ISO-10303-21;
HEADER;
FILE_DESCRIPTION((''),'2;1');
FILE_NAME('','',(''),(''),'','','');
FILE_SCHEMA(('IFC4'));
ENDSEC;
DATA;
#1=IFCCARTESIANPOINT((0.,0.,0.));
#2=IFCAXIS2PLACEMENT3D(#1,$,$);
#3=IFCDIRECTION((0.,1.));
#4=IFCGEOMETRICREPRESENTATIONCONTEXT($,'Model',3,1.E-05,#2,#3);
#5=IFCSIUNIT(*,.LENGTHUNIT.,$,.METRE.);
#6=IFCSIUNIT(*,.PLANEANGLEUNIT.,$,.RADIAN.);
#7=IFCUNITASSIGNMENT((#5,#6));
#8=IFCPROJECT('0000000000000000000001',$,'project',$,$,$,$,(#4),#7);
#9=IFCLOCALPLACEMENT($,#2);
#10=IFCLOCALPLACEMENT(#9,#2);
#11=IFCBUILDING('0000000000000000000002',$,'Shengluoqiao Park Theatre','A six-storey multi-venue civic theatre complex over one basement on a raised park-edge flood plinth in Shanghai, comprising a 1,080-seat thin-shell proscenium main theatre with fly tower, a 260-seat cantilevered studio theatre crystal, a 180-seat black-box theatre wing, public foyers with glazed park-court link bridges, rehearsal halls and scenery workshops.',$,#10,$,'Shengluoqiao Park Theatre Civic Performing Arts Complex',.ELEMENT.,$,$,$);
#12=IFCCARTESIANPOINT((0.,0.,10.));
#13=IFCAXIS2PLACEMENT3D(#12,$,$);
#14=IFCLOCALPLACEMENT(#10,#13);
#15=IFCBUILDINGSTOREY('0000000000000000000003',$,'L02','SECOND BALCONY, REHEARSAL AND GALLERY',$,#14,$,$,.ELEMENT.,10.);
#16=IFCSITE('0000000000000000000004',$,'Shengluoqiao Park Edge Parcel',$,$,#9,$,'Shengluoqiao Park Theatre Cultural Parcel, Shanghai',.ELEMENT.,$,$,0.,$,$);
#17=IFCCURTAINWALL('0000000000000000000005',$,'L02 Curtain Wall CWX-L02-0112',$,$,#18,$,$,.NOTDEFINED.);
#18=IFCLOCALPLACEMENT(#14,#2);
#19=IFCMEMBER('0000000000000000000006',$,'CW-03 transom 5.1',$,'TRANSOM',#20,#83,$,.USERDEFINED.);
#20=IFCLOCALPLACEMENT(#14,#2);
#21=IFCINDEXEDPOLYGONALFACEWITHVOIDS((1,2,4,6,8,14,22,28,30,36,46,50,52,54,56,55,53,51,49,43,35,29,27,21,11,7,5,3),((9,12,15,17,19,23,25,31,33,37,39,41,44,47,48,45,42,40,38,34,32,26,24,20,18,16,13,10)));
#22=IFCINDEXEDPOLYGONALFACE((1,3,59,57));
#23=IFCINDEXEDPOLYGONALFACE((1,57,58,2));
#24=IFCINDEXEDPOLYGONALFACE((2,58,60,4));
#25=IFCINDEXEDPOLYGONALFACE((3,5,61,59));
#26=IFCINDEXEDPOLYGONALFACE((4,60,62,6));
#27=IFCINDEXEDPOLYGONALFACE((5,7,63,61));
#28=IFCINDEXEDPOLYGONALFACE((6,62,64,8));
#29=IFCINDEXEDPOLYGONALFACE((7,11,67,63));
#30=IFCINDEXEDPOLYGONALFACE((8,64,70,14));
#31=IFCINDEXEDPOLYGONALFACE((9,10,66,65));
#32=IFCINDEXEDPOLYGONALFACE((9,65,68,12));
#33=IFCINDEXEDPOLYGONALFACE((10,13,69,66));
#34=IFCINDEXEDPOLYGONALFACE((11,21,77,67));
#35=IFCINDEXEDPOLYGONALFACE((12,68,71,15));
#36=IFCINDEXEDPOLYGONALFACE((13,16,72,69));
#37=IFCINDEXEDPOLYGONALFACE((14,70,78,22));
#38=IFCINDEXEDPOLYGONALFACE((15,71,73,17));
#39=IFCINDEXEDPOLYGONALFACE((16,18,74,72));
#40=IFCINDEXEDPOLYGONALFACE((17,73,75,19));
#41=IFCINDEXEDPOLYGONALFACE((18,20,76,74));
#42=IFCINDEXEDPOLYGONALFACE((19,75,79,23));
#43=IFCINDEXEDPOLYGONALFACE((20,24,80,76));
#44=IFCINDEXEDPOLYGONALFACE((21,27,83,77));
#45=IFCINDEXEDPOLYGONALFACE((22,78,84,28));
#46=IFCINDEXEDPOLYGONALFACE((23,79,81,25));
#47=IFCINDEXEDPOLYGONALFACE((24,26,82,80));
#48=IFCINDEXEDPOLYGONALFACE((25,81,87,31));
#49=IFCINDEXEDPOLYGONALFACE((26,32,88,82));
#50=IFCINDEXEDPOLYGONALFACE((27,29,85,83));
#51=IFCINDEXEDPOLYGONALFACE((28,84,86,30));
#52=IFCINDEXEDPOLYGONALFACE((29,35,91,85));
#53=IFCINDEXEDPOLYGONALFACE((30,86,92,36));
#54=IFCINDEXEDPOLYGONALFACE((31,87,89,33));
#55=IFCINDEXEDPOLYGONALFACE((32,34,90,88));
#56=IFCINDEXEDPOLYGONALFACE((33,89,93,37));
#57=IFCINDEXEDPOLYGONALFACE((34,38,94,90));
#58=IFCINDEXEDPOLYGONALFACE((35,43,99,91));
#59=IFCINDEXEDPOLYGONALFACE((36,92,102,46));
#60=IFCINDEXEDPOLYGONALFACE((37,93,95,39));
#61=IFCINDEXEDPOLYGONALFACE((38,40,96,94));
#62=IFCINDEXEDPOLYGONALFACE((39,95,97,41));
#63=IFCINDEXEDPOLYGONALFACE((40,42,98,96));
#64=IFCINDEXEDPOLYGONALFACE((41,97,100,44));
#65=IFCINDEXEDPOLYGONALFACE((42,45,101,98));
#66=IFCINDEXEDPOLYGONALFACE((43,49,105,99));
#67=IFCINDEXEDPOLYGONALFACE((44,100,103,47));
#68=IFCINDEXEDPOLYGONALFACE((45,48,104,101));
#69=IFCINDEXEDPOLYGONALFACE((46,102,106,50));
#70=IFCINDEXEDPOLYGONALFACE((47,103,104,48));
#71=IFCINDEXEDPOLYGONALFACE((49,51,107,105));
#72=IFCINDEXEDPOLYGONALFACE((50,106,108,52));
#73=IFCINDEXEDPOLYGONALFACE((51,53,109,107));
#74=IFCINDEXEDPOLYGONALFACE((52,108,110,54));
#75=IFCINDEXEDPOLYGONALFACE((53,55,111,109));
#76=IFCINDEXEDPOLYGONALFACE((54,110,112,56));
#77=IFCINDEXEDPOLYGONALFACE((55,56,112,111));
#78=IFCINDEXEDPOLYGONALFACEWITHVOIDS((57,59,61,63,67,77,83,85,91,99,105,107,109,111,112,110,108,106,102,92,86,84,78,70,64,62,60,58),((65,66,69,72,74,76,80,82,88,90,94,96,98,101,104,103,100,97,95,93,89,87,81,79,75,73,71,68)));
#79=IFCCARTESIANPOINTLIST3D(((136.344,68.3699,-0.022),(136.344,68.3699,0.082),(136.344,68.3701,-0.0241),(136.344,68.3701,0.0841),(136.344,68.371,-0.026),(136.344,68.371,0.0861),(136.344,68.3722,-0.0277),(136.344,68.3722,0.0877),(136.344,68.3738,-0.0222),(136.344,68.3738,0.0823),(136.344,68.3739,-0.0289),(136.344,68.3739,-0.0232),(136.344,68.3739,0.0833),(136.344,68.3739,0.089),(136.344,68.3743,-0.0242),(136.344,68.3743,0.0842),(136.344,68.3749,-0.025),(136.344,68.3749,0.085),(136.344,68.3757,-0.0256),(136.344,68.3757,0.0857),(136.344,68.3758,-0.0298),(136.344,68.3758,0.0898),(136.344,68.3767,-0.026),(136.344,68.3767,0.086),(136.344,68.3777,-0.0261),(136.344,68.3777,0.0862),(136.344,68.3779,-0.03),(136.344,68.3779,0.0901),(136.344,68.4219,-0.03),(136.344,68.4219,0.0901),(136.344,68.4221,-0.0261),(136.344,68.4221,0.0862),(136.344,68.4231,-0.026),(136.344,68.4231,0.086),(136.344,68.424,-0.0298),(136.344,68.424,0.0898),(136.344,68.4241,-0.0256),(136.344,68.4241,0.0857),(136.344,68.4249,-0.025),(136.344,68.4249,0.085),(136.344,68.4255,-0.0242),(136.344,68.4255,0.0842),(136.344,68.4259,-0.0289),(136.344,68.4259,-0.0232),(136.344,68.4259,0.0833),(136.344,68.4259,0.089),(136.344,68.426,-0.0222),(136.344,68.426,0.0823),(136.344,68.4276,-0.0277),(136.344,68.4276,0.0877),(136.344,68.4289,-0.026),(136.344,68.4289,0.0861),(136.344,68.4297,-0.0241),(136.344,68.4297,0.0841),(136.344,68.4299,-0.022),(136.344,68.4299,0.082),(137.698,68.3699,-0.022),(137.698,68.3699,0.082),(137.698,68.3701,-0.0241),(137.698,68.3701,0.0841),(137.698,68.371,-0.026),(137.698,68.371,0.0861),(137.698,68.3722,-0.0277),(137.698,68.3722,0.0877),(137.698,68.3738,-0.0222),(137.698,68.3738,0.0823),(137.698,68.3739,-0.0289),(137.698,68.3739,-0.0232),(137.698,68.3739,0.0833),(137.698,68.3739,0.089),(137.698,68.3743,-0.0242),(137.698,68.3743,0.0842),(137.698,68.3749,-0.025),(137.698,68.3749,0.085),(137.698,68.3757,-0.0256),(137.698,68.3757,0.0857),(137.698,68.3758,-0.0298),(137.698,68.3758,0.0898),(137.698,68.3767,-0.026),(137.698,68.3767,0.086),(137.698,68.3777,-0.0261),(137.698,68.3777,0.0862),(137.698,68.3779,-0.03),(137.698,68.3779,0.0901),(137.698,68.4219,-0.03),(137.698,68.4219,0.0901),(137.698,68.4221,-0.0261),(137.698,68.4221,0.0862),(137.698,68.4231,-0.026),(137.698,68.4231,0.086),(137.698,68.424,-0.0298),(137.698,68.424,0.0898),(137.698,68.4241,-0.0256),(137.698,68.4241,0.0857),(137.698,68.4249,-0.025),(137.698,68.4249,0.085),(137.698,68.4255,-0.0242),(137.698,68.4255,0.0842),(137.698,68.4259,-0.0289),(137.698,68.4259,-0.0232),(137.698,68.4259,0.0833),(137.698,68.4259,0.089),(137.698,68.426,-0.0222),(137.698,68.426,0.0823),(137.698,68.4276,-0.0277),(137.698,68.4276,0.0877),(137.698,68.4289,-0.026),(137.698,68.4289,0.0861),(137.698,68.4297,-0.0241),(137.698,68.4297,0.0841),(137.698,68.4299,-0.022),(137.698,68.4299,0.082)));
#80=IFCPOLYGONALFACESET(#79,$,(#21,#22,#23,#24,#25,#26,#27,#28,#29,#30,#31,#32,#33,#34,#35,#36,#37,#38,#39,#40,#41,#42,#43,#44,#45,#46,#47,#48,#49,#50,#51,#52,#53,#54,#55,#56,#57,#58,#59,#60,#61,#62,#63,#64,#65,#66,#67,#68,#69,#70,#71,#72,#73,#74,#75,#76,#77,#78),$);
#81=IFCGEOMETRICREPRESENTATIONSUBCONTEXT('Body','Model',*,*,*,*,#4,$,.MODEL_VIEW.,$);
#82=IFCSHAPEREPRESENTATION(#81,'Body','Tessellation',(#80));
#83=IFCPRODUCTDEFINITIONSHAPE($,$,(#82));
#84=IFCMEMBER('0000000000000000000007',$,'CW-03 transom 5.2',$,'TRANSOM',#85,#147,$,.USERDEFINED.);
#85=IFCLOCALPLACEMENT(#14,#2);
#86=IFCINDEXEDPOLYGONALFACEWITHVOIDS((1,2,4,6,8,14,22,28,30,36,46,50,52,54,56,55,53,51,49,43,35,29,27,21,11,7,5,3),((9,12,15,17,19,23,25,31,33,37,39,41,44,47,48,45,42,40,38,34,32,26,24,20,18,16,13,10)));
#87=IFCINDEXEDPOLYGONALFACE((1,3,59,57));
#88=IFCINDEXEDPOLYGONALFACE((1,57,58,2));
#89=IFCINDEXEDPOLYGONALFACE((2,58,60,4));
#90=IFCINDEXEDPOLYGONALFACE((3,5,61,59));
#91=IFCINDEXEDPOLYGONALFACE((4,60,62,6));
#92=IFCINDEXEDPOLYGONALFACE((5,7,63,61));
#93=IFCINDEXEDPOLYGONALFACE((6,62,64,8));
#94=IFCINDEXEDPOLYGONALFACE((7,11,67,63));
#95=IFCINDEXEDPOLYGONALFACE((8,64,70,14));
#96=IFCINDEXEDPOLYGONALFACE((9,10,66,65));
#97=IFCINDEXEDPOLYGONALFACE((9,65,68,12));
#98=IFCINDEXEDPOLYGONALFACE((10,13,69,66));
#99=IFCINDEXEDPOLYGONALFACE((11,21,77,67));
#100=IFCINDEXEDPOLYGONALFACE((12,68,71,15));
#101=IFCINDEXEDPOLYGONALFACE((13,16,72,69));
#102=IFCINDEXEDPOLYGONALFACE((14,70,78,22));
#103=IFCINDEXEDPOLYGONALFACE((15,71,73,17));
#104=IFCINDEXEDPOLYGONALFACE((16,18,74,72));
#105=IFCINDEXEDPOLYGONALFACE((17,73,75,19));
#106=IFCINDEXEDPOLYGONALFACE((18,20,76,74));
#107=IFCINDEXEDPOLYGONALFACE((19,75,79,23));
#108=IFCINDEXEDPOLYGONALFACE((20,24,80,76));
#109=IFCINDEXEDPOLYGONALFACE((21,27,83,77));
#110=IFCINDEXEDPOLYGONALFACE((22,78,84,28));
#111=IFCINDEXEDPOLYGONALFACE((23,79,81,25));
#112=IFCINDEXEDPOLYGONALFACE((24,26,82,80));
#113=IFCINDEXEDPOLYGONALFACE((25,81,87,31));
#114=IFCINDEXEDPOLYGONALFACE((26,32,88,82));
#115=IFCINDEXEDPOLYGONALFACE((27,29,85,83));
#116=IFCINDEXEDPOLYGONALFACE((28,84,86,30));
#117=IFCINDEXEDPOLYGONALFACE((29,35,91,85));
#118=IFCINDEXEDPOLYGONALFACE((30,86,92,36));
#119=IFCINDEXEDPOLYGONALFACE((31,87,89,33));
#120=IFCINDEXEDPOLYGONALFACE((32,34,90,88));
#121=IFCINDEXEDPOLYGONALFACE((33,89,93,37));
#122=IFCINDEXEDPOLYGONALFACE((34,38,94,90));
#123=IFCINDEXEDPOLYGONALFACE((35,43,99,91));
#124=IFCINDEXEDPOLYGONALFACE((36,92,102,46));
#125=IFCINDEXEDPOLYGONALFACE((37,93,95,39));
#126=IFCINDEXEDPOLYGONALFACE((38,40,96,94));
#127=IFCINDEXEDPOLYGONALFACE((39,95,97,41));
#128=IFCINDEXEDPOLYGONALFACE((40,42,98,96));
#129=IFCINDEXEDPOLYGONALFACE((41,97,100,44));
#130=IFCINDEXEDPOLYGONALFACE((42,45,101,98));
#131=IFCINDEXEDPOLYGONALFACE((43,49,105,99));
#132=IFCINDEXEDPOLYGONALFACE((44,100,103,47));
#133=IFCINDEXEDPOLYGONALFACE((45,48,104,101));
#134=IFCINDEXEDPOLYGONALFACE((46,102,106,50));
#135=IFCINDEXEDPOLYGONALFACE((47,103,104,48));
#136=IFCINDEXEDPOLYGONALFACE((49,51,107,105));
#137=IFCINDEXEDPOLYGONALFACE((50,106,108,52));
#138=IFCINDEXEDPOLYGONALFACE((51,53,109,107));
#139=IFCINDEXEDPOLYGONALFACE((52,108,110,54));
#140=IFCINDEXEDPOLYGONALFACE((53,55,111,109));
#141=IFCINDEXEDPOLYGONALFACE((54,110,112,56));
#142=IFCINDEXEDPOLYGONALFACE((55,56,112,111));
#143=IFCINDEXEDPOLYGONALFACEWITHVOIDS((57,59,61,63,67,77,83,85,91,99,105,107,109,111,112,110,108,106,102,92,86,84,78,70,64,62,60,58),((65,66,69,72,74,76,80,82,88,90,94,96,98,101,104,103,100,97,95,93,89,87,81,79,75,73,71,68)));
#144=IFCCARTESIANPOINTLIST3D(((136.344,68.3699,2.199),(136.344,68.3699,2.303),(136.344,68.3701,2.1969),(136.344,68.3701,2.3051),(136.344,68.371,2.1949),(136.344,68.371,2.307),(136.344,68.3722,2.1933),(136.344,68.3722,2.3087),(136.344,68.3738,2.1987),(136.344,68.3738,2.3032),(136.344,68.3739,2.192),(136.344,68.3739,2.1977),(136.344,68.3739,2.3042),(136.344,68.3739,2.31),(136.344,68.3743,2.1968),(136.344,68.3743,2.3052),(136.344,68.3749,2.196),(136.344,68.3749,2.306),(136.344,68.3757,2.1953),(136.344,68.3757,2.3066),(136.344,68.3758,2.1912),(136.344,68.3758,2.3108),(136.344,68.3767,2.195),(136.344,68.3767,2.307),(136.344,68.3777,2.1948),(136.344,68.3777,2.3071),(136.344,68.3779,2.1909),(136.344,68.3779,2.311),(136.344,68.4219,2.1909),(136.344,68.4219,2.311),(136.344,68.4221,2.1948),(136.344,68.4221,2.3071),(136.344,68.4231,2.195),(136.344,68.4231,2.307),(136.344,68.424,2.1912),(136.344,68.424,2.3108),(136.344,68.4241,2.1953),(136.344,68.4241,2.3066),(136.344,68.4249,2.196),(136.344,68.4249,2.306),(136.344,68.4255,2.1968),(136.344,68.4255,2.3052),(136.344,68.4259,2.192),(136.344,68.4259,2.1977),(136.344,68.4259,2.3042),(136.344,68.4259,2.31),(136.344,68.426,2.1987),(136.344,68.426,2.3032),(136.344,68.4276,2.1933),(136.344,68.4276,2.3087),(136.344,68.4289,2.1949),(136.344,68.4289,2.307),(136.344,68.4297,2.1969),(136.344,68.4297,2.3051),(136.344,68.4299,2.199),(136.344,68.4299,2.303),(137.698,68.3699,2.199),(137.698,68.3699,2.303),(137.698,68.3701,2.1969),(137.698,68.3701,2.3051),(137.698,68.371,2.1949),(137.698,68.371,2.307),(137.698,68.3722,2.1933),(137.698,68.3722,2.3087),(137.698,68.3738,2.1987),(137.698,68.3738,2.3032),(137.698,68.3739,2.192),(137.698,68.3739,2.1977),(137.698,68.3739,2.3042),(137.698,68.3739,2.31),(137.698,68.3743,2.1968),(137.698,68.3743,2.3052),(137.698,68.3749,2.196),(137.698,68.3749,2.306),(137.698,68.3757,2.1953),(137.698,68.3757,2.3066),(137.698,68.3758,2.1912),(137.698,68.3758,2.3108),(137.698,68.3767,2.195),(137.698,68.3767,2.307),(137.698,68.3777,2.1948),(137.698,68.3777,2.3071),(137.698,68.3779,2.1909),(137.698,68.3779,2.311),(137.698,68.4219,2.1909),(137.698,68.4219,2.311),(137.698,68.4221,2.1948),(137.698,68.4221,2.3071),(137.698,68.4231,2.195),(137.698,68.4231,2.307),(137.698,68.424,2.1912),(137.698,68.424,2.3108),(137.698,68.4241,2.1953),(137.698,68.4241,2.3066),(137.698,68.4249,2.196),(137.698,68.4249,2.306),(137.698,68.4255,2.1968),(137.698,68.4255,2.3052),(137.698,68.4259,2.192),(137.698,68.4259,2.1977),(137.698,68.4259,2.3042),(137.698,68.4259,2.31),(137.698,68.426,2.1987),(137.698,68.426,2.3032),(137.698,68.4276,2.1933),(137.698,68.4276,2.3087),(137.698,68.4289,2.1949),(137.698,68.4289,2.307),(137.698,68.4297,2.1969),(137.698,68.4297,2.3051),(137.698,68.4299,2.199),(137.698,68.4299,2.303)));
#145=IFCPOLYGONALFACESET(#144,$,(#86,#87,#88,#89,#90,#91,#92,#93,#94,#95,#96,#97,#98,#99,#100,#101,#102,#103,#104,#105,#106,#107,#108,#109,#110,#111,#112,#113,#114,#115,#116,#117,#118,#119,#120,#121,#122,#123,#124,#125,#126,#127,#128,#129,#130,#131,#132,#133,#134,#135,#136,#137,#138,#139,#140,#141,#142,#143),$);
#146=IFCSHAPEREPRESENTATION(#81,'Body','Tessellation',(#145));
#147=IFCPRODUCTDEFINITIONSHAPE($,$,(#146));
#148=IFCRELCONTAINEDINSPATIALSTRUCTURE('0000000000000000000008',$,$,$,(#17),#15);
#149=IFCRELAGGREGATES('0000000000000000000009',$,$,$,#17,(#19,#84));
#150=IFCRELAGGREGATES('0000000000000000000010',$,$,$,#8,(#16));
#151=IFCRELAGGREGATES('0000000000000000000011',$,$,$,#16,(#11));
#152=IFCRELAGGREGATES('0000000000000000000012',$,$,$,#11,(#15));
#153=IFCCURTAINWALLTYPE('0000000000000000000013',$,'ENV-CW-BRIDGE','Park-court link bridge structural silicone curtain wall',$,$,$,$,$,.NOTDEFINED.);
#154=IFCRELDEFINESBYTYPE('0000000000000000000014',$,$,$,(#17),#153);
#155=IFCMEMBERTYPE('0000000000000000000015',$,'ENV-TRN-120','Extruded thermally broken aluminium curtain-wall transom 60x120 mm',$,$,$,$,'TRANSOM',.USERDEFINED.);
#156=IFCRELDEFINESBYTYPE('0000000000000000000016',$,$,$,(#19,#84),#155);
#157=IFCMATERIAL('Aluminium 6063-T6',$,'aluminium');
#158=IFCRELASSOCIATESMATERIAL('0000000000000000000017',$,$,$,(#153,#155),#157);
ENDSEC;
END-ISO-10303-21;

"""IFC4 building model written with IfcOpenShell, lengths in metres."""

from ifc_helpers import new_model, si_unit, direction, frame, origin, origin_2d, place, context, subcontext, project, spatial, hollow_rectangle, extrude, material, material_profile, profile_set, type_object, element, aggregate, save


model = new_model("IFC4")

# Units and contexts
model_context = context("Model", 3, precision=1e-05, world=origin(), true_north=direction((0.0, 1.0)))
body_context = subcontext(model_context, "Body", "Model", "MODEL_VIEW")
ifc_project = project(units=[si_unit("LENGTHUNIT", "METRE"), si_unit("PLANEANGLEUNIT", "RADIAN")], contexts=[model_context])

# Site, building, storey
site_placement = place(None, origin())
site = spatial("IfcSite", under=ifc_project, at=site_placement, Name="Shengluoqiao Park Edge Parcel", LongName="Shengluoqiao Park Theatre Cultural Parcel, Shanghai", CompositionType="ELEMENT", RefElevation=0.0)
building_placement = place(site_placement, origin())
building = spatial("IfcBuilding", under=site, at=building_placement, Name="Shengluoqiao Park Theatre", Description="A six-storey multi-venue civic theatre complex over one basement on a raised park-edge flood plinth in Shanghai, comprising a 1,080-seat thin-shell proscenium main theatre with fly tower, a 260-seat cantilevered studio theatre crystal, a 180-seat black-box theatre wing, public foyers with glazed park-court link bridges, rehearsal halls and scenery workshops.", LongName="Shengluoqiao Park Theatre Civic Performing Arts Complex", CompositionType="ELEMENT")
storey_placement = place(building_placement, frame((0.0, 0.0, 10.0)))
storey = spatial("IfcBuildingStorey", under=building, at=storey_placement, Name="L02", Description="SECOND BALCONY, REHEARSAL AND GALLERY", CompositionType="ELEMENT", Elevation=10.0)

# Curtain wall, members
ifc_material_1 = material(Name="Aluminium 6063-T6", Category="aluminium")
curtain_wall_type = type_object("IfcCurtainWallType", Name="ENV-CW-BRIDGE", Description="Park-court link bridge structural silicone curtain wall", PredefinedType="NOTDEFINED", material=ifc_material_1)
curtain_wall_placement = place(storey_placement, origin())
curtain_wall = element("IfcCurtainWall", 1, at=curtain_wall_placement, inside=storey, type_object=curtain_wall_type, Name="L02 Curtain Wall CWX-L02-0112", PredefinedType="NOTDEFINED")
ifc_material_profile_1 = material_profile(ifc_material_1, hollow_rectangle(XDim=0.0601, YDim=0.1201, WallThickness=0.0039, InnerFilletRadius=0.0039, OuterFilletRadius=0.0081, at=origin_2d()), Name="ALU TRANSOM 120x60x4")
ifc_profile_set_1 = profile_set([ifc_material_profile_1], Name="Aluminium 6063-T6")
member_type_1 = type_object("IfcMemberType", Name="ENV-TRN-120", Description="Extruded thermally broken aluminium curtain-wall transom 60x120 mm", ElementType="TRANSOM", PredefinedType="USERDEFINED", material=ifc_profile_set_1)
member_1_placement = place(storey_placement, frame((136.344, 68.3999, 0.03), z_axis=(1.0, 0.0, 0.0), x_axis=(0.0, 1.0, 0.0)))
member_1 = element("IfcMember", 2, at=member_1_placement, type_object=member_type_1, Name="CW-03 transom 5.1", ObjectType="TRANSOM", PredefinedType="USERDEFINED", context=body_context, shape_type="SweptSolid", body=[
    extrude(hollow_rectangle(XDim=0.0601, YDim=0.1201, WallThickness=0.0039, InnerFilletRadius=0.0039, OuterFilletRadius=0.0081, at=origin_2d()), origin(), (0.0, 0.0, 1.0), 1.354),
])
member_2_placement = place(storey_placement, frame((136.344, 68.3999, 2.251), z_axis=(1.0, 0.0, 0.0), x_axis=(0.0, 1.0, 0.0)))
member_2 = element("IfcMember", 3, at=member_2_placement, type_object=member_type_1, Name="CW-03 transom 5.2", ObjectType="TRANSOM", PredefinedType="USERDEFINED", context=body_context, shape_type="SweptSolid", body=[
    extrude(hollow_rectangle(XDim=0.0601, YDim=0.1201, WallThickness=0.0039, InnerFilletRadius=0.0039, OuterFilletRadius=0.0081, at=origin_2d()), origin(), (0.0, 0.0, 1.0), 1.354),
])

aggregate(curtain_wall, [member_1, member_2])

save(model, "model.ifc")
